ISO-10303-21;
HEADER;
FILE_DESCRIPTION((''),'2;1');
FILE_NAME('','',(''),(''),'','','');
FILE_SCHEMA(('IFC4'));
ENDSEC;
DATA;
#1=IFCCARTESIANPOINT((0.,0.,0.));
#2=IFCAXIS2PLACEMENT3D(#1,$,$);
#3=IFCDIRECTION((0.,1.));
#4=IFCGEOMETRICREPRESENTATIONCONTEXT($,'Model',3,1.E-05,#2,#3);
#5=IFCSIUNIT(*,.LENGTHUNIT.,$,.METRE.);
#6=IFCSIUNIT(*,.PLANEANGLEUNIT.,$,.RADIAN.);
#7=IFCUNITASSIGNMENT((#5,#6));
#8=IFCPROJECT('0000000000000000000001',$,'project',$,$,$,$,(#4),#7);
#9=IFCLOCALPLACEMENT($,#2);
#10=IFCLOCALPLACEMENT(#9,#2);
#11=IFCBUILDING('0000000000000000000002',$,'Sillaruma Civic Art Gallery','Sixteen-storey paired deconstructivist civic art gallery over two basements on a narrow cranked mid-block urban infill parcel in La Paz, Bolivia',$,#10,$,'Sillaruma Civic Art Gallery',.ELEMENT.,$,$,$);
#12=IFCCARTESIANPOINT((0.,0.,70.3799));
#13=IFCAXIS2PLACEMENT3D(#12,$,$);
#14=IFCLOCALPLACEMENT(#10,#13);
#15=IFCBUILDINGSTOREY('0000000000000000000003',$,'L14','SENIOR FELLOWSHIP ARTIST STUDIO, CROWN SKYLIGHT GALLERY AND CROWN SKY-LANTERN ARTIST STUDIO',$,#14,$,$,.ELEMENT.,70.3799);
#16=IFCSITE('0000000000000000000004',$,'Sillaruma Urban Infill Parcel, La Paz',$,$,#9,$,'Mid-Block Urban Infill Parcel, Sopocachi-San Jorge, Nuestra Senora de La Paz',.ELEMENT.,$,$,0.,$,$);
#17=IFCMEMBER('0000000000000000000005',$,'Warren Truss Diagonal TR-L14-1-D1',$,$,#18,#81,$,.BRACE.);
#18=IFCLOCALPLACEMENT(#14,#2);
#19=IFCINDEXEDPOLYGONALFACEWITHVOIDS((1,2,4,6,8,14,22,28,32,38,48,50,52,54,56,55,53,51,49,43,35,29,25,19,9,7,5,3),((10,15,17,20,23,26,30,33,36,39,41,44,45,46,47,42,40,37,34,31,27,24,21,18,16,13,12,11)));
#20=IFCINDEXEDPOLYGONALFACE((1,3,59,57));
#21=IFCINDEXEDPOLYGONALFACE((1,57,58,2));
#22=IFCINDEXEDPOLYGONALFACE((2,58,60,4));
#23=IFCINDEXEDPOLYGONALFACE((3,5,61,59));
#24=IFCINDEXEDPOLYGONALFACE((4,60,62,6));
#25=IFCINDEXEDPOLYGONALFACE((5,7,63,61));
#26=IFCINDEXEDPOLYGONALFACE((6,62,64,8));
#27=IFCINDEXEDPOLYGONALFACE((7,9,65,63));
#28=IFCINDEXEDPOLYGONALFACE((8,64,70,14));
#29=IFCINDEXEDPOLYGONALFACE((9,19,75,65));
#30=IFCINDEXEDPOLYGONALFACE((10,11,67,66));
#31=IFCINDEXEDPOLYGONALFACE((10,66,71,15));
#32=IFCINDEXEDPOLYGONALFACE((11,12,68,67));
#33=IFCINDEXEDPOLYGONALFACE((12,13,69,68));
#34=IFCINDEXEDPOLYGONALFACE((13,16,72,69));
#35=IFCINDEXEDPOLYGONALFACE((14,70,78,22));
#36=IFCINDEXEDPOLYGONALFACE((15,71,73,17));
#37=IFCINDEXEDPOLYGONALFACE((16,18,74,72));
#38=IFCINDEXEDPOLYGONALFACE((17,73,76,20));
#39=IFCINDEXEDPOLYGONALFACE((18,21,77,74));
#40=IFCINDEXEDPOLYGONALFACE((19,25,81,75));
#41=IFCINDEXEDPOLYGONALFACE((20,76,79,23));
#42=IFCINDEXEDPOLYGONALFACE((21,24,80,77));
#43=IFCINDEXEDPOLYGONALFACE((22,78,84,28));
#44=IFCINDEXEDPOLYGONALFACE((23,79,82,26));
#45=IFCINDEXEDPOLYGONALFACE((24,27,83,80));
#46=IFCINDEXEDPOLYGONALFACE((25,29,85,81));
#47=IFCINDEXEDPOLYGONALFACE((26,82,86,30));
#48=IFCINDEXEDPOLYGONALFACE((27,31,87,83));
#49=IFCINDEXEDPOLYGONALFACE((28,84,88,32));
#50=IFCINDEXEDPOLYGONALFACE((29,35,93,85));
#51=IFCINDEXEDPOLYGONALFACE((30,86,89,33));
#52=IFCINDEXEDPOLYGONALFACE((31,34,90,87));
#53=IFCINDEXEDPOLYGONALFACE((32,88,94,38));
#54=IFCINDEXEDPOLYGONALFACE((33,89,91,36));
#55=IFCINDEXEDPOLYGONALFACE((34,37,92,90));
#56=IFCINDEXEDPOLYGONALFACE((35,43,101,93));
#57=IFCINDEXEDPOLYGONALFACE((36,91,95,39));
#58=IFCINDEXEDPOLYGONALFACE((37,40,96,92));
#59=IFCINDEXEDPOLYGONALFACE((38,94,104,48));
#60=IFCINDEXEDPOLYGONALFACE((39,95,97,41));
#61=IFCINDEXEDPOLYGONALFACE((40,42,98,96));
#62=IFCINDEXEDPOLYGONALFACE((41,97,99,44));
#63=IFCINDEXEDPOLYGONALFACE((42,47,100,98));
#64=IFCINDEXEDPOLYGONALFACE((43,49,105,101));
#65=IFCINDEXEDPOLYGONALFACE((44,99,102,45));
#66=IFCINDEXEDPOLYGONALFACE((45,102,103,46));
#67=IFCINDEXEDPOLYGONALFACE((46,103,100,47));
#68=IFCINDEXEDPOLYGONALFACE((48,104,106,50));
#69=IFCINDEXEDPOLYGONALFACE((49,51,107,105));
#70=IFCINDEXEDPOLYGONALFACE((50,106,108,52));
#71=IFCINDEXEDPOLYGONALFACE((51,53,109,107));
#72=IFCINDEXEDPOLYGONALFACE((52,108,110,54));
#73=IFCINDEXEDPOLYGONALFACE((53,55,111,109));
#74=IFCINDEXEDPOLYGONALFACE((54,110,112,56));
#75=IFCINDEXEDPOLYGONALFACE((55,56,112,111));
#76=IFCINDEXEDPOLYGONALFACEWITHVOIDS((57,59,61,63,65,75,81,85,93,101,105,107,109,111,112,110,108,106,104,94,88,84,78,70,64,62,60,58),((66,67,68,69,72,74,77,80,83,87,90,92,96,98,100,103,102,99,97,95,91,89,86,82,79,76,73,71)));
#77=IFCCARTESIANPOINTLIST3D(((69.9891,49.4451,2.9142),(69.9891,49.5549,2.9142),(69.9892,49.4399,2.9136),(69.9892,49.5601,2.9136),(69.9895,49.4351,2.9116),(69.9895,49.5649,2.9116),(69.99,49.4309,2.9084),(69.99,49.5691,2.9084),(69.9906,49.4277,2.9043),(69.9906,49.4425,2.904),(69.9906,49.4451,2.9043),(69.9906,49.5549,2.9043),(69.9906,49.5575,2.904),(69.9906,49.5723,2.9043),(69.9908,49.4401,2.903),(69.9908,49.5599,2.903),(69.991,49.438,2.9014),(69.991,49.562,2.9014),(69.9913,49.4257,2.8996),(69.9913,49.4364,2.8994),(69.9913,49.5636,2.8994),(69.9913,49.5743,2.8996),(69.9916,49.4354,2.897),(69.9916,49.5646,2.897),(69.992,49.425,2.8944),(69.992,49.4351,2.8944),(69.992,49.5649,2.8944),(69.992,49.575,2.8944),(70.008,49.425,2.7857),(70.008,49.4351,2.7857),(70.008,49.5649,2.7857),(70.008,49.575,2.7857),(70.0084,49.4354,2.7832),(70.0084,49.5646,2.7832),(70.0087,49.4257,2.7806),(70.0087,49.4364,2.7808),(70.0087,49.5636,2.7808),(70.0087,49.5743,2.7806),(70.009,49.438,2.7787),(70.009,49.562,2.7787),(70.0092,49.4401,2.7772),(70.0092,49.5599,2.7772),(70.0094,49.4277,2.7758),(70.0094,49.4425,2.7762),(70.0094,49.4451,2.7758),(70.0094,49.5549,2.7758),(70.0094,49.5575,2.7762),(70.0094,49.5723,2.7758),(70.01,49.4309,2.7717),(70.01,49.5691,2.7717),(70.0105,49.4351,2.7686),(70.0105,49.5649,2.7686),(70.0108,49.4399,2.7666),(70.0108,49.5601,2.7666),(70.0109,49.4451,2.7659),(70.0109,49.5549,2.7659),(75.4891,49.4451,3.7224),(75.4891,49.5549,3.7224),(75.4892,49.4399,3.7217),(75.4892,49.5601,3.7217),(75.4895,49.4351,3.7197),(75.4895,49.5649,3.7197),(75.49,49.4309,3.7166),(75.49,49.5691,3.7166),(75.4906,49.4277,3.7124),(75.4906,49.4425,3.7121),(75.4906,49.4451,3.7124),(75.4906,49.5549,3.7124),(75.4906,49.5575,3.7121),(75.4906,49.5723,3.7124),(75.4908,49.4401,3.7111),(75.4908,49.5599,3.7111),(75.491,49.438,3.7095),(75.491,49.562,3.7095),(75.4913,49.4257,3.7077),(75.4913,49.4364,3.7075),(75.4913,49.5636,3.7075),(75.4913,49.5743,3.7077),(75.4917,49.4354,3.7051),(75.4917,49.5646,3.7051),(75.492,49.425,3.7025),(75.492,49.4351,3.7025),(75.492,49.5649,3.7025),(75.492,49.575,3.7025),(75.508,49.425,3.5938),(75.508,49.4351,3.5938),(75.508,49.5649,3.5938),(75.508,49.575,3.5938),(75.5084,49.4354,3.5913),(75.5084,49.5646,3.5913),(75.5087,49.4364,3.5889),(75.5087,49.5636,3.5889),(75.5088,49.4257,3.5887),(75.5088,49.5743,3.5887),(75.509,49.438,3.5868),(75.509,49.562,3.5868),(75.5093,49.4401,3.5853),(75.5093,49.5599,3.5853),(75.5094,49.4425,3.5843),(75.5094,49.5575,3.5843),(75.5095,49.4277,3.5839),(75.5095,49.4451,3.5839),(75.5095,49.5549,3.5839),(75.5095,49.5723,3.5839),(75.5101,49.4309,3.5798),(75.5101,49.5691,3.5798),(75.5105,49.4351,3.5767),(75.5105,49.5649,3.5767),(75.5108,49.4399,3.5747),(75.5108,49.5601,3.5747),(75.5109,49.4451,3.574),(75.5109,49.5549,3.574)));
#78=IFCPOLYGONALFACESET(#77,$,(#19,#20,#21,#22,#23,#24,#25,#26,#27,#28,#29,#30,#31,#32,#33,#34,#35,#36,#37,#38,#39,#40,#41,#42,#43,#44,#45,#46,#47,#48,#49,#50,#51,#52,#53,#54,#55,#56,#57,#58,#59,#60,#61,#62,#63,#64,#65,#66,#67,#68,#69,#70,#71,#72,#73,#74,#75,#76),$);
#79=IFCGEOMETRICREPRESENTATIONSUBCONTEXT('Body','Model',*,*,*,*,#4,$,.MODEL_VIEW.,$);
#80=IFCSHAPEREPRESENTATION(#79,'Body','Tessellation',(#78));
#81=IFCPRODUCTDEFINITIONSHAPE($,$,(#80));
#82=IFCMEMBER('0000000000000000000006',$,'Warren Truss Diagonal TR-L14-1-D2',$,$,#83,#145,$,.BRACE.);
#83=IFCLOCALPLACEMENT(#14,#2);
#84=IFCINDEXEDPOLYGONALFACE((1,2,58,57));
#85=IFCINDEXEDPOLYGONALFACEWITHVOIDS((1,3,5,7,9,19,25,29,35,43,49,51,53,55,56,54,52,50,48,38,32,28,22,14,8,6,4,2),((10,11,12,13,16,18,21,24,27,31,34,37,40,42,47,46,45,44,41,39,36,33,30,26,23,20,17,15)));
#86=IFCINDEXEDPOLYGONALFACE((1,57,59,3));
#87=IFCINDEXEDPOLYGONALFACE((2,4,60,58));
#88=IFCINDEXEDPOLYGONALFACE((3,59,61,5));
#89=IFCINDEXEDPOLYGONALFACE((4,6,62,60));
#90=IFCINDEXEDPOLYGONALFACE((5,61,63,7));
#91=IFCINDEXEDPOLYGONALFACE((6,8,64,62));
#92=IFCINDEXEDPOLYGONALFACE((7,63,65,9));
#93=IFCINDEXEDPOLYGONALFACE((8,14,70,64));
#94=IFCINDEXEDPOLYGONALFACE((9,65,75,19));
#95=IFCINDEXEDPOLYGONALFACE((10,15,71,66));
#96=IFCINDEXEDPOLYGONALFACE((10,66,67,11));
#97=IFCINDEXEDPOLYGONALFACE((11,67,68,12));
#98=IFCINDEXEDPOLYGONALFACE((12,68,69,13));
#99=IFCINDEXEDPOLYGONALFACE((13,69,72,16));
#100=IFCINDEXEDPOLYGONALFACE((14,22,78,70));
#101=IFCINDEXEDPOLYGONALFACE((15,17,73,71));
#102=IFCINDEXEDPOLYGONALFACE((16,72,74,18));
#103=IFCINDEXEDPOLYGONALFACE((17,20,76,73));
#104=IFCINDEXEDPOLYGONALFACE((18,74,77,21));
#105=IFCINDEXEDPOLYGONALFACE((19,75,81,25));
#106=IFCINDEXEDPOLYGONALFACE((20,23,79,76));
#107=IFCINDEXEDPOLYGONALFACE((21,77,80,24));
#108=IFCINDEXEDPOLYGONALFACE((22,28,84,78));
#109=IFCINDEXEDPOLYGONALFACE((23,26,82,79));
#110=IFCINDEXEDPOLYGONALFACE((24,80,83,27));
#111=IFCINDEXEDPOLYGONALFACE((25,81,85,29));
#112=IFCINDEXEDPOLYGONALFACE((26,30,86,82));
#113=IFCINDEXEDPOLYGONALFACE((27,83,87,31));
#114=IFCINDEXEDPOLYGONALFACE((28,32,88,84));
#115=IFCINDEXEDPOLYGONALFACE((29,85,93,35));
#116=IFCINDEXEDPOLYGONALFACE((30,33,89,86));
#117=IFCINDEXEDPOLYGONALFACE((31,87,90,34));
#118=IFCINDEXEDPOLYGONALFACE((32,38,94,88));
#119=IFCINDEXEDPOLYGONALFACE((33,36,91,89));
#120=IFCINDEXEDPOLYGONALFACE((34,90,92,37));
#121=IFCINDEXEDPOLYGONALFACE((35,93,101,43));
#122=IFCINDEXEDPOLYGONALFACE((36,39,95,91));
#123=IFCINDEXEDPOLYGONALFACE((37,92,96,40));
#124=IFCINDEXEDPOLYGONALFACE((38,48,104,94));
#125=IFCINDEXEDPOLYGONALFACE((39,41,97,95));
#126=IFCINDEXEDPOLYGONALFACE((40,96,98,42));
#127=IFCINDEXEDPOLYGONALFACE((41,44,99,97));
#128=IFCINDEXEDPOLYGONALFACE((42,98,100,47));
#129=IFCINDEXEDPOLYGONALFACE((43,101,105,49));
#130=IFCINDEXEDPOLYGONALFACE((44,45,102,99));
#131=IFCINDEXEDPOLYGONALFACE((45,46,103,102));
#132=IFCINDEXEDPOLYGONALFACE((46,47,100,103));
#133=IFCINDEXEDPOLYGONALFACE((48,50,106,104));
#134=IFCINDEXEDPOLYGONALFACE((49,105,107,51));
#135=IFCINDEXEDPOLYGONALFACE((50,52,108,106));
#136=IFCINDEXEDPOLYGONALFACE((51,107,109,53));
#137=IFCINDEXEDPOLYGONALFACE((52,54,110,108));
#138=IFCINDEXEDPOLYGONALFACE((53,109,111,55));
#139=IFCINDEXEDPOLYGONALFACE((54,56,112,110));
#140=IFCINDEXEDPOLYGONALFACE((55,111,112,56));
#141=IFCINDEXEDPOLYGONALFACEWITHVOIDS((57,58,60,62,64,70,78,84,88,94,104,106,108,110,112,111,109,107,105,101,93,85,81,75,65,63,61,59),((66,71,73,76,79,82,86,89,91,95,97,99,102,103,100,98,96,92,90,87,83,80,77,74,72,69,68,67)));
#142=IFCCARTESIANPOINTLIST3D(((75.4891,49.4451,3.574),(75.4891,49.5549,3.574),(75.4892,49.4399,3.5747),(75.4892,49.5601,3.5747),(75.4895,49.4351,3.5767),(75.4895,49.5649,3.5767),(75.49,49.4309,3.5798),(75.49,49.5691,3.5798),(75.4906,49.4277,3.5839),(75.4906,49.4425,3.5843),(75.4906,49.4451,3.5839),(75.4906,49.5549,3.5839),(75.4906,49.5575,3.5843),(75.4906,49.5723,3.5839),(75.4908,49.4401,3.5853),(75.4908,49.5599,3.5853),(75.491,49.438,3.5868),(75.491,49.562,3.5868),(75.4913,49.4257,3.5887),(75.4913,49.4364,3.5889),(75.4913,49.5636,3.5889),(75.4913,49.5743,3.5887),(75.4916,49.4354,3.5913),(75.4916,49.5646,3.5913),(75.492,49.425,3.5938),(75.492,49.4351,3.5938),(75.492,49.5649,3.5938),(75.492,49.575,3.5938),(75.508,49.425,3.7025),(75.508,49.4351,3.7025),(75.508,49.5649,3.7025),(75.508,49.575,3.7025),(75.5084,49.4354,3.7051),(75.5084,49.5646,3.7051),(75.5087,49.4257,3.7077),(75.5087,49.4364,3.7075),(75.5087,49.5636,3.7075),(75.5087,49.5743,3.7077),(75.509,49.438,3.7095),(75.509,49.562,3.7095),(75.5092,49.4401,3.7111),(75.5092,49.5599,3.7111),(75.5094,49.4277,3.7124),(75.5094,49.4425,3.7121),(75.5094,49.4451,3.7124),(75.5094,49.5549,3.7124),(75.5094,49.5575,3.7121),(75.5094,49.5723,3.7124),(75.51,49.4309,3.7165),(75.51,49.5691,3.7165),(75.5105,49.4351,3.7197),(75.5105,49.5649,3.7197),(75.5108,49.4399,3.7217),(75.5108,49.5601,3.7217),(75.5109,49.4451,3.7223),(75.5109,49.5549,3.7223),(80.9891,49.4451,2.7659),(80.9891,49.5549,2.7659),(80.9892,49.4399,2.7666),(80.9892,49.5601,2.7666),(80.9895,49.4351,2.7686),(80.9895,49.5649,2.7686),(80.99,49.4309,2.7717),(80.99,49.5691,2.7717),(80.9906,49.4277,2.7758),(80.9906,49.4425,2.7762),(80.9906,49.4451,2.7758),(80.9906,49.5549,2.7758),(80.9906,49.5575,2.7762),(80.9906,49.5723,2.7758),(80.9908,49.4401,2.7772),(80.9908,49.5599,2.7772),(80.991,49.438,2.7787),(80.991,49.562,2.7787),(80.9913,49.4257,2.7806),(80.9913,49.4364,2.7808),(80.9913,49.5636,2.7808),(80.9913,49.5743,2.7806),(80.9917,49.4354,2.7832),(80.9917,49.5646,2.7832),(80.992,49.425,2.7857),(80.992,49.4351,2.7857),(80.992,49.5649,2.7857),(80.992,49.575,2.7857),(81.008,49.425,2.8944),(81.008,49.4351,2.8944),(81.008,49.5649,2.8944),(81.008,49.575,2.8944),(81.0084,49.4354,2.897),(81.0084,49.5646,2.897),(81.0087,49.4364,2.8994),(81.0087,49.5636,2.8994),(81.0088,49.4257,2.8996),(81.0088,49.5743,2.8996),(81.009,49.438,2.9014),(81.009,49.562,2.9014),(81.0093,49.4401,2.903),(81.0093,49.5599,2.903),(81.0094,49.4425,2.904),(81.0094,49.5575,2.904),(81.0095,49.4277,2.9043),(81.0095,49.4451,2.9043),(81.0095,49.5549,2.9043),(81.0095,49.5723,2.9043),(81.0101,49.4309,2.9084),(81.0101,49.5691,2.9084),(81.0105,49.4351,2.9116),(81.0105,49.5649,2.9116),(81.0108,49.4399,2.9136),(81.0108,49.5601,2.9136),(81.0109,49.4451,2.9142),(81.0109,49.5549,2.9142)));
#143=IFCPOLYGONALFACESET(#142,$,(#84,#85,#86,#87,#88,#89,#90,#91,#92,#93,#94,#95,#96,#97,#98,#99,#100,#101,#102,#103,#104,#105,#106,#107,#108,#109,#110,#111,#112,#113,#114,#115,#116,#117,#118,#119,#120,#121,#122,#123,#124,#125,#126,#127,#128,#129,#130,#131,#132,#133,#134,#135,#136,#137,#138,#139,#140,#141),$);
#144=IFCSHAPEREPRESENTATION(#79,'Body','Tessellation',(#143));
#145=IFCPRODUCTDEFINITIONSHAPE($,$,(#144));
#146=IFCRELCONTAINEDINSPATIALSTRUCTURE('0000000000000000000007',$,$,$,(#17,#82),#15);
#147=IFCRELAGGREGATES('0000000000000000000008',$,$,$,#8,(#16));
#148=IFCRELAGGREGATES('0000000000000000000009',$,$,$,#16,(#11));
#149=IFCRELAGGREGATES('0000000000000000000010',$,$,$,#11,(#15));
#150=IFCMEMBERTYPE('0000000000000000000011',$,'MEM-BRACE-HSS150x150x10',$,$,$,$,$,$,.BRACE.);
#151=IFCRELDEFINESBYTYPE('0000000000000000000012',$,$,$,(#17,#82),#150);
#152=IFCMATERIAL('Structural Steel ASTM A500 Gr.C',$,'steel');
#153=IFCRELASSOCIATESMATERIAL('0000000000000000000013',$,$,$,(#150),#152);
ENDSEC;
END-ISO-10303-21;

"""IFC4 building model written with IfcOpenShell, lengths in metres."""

from ifc_helpers import new_model, si_unit, direction, frame, origin, origin_2d, place, context, subcontext, project, spatial, hollow_rectangle, extrude, material, material_profile, profile_set, type_object, element, save


model = new_model("IFC4")

# Units and contexts
model_context = context("Model", 3, precision=1e-05, world=origin(), true_north=direction((0.0, 1.0)))
body_context = subcontext(model_context, "Body", "Model", "MODEL_VIEW")
ifc_project = project(units=[si_unit("LENGTHUNIT", "METRE"), si_unit("PLANEANGLEUNIT", "RADIAN")], contexts=[model_context])

# Site, building, storey
site_placement = place(None, origin())
site = spatial("IfcSite", under=ifc_project, at=site_placement, Name="Sillaruma Urban Infill Parcel, La Paz", LongName="Mid-Block Urban Infill Parcel, Sopocachi-San Jorge, Nuestra Senora de La Paz", CompositionType="ELEMENT", RefElevation=0.0)
building_placement = place(site_placement, origin())
building = spatial("IfcBuilding", under=site, at=building_placement, Name="Sillaruma Civic Art Gallery", Description="Sixteen-storey paired deconstructivist civic art gallery over two basements on a narrow cranked mid-block urban infill parcel in La Paz, Bolivia", LongName="Sillaruma Civic Art Gallery", CompositionType="ELEMENT")
storey_placement = place(building_placement, frame((0.0, 0.0, 70.3799)))
storey = spatial("IfcBuildingStorey", under=building, at=storey_placement, Name="L14", Description="SENIOR FELLOWSHIP ARTIST STUDIO, CROWN SKYLIGHT GALLERY AND CROWN SKY-LANTERN ARTIST STUDIO", CompositionType="ELEMENT", Elevation=70.3799)

# Members
ifc_material_1 = material(Name="Structural Steel ASTM A500 Gr.C", Category="steel")
ifc_material_profile_1 = material_profile(ifc_material_1, hollow_rectangle(XDim=0.1499, YDim=0.1499, WallThickness=0.01, InnerFilletRadius=0.01, OuterFilletRadius=0.02, at=origin_2d()), Name="HSS150x150x10")
ifc_profile_set_1 = profile_set([ifc_material_profile_1], Name="Structural Steel ASTM A500 Gr.C")
member_type_1 = type_object("IfcMemberType", Name="MEM-BRACE-HSS150x150x10", PredefinedType="BRACE", material=ifc_profile_set_1)
for number, where, z_axis, x_axis, name in (
    (1, (70.0, 49.5, 2.8401), (0.989378, 0.0, 0.145368), (0.0, 1.0, 0.0), "Warren Truss Diagonal TR-L14-1-D1"),
    (2, (75.5, 49.5, 3.6482), (0.989378, 0.0, -0.145368), (0.0, 1.0, 0.0), "Warren Truss Diagonal TR-L14-1-D2"),
):
    element("IfcMember", number, at=place(storey_placement, frame(where, z_axis=z_axis, x_axis=x_axis)), inside=storey, type_object=member_type_1, Name=name, PredefinedType="BRACE", context=body_context, shape_type="SweptSolid", body=[
        extrude(hollow_rectangle(XDim=0.1499, YDim=0.1499, WallThickness=0.01, InnerFilletRadius=0.01, OuterFilletRadius=0.02, at=origin_2d()), origin(), (0.0, 0.0, 1.0), 5.5591),
    ])

save(model, "model.ifc")
